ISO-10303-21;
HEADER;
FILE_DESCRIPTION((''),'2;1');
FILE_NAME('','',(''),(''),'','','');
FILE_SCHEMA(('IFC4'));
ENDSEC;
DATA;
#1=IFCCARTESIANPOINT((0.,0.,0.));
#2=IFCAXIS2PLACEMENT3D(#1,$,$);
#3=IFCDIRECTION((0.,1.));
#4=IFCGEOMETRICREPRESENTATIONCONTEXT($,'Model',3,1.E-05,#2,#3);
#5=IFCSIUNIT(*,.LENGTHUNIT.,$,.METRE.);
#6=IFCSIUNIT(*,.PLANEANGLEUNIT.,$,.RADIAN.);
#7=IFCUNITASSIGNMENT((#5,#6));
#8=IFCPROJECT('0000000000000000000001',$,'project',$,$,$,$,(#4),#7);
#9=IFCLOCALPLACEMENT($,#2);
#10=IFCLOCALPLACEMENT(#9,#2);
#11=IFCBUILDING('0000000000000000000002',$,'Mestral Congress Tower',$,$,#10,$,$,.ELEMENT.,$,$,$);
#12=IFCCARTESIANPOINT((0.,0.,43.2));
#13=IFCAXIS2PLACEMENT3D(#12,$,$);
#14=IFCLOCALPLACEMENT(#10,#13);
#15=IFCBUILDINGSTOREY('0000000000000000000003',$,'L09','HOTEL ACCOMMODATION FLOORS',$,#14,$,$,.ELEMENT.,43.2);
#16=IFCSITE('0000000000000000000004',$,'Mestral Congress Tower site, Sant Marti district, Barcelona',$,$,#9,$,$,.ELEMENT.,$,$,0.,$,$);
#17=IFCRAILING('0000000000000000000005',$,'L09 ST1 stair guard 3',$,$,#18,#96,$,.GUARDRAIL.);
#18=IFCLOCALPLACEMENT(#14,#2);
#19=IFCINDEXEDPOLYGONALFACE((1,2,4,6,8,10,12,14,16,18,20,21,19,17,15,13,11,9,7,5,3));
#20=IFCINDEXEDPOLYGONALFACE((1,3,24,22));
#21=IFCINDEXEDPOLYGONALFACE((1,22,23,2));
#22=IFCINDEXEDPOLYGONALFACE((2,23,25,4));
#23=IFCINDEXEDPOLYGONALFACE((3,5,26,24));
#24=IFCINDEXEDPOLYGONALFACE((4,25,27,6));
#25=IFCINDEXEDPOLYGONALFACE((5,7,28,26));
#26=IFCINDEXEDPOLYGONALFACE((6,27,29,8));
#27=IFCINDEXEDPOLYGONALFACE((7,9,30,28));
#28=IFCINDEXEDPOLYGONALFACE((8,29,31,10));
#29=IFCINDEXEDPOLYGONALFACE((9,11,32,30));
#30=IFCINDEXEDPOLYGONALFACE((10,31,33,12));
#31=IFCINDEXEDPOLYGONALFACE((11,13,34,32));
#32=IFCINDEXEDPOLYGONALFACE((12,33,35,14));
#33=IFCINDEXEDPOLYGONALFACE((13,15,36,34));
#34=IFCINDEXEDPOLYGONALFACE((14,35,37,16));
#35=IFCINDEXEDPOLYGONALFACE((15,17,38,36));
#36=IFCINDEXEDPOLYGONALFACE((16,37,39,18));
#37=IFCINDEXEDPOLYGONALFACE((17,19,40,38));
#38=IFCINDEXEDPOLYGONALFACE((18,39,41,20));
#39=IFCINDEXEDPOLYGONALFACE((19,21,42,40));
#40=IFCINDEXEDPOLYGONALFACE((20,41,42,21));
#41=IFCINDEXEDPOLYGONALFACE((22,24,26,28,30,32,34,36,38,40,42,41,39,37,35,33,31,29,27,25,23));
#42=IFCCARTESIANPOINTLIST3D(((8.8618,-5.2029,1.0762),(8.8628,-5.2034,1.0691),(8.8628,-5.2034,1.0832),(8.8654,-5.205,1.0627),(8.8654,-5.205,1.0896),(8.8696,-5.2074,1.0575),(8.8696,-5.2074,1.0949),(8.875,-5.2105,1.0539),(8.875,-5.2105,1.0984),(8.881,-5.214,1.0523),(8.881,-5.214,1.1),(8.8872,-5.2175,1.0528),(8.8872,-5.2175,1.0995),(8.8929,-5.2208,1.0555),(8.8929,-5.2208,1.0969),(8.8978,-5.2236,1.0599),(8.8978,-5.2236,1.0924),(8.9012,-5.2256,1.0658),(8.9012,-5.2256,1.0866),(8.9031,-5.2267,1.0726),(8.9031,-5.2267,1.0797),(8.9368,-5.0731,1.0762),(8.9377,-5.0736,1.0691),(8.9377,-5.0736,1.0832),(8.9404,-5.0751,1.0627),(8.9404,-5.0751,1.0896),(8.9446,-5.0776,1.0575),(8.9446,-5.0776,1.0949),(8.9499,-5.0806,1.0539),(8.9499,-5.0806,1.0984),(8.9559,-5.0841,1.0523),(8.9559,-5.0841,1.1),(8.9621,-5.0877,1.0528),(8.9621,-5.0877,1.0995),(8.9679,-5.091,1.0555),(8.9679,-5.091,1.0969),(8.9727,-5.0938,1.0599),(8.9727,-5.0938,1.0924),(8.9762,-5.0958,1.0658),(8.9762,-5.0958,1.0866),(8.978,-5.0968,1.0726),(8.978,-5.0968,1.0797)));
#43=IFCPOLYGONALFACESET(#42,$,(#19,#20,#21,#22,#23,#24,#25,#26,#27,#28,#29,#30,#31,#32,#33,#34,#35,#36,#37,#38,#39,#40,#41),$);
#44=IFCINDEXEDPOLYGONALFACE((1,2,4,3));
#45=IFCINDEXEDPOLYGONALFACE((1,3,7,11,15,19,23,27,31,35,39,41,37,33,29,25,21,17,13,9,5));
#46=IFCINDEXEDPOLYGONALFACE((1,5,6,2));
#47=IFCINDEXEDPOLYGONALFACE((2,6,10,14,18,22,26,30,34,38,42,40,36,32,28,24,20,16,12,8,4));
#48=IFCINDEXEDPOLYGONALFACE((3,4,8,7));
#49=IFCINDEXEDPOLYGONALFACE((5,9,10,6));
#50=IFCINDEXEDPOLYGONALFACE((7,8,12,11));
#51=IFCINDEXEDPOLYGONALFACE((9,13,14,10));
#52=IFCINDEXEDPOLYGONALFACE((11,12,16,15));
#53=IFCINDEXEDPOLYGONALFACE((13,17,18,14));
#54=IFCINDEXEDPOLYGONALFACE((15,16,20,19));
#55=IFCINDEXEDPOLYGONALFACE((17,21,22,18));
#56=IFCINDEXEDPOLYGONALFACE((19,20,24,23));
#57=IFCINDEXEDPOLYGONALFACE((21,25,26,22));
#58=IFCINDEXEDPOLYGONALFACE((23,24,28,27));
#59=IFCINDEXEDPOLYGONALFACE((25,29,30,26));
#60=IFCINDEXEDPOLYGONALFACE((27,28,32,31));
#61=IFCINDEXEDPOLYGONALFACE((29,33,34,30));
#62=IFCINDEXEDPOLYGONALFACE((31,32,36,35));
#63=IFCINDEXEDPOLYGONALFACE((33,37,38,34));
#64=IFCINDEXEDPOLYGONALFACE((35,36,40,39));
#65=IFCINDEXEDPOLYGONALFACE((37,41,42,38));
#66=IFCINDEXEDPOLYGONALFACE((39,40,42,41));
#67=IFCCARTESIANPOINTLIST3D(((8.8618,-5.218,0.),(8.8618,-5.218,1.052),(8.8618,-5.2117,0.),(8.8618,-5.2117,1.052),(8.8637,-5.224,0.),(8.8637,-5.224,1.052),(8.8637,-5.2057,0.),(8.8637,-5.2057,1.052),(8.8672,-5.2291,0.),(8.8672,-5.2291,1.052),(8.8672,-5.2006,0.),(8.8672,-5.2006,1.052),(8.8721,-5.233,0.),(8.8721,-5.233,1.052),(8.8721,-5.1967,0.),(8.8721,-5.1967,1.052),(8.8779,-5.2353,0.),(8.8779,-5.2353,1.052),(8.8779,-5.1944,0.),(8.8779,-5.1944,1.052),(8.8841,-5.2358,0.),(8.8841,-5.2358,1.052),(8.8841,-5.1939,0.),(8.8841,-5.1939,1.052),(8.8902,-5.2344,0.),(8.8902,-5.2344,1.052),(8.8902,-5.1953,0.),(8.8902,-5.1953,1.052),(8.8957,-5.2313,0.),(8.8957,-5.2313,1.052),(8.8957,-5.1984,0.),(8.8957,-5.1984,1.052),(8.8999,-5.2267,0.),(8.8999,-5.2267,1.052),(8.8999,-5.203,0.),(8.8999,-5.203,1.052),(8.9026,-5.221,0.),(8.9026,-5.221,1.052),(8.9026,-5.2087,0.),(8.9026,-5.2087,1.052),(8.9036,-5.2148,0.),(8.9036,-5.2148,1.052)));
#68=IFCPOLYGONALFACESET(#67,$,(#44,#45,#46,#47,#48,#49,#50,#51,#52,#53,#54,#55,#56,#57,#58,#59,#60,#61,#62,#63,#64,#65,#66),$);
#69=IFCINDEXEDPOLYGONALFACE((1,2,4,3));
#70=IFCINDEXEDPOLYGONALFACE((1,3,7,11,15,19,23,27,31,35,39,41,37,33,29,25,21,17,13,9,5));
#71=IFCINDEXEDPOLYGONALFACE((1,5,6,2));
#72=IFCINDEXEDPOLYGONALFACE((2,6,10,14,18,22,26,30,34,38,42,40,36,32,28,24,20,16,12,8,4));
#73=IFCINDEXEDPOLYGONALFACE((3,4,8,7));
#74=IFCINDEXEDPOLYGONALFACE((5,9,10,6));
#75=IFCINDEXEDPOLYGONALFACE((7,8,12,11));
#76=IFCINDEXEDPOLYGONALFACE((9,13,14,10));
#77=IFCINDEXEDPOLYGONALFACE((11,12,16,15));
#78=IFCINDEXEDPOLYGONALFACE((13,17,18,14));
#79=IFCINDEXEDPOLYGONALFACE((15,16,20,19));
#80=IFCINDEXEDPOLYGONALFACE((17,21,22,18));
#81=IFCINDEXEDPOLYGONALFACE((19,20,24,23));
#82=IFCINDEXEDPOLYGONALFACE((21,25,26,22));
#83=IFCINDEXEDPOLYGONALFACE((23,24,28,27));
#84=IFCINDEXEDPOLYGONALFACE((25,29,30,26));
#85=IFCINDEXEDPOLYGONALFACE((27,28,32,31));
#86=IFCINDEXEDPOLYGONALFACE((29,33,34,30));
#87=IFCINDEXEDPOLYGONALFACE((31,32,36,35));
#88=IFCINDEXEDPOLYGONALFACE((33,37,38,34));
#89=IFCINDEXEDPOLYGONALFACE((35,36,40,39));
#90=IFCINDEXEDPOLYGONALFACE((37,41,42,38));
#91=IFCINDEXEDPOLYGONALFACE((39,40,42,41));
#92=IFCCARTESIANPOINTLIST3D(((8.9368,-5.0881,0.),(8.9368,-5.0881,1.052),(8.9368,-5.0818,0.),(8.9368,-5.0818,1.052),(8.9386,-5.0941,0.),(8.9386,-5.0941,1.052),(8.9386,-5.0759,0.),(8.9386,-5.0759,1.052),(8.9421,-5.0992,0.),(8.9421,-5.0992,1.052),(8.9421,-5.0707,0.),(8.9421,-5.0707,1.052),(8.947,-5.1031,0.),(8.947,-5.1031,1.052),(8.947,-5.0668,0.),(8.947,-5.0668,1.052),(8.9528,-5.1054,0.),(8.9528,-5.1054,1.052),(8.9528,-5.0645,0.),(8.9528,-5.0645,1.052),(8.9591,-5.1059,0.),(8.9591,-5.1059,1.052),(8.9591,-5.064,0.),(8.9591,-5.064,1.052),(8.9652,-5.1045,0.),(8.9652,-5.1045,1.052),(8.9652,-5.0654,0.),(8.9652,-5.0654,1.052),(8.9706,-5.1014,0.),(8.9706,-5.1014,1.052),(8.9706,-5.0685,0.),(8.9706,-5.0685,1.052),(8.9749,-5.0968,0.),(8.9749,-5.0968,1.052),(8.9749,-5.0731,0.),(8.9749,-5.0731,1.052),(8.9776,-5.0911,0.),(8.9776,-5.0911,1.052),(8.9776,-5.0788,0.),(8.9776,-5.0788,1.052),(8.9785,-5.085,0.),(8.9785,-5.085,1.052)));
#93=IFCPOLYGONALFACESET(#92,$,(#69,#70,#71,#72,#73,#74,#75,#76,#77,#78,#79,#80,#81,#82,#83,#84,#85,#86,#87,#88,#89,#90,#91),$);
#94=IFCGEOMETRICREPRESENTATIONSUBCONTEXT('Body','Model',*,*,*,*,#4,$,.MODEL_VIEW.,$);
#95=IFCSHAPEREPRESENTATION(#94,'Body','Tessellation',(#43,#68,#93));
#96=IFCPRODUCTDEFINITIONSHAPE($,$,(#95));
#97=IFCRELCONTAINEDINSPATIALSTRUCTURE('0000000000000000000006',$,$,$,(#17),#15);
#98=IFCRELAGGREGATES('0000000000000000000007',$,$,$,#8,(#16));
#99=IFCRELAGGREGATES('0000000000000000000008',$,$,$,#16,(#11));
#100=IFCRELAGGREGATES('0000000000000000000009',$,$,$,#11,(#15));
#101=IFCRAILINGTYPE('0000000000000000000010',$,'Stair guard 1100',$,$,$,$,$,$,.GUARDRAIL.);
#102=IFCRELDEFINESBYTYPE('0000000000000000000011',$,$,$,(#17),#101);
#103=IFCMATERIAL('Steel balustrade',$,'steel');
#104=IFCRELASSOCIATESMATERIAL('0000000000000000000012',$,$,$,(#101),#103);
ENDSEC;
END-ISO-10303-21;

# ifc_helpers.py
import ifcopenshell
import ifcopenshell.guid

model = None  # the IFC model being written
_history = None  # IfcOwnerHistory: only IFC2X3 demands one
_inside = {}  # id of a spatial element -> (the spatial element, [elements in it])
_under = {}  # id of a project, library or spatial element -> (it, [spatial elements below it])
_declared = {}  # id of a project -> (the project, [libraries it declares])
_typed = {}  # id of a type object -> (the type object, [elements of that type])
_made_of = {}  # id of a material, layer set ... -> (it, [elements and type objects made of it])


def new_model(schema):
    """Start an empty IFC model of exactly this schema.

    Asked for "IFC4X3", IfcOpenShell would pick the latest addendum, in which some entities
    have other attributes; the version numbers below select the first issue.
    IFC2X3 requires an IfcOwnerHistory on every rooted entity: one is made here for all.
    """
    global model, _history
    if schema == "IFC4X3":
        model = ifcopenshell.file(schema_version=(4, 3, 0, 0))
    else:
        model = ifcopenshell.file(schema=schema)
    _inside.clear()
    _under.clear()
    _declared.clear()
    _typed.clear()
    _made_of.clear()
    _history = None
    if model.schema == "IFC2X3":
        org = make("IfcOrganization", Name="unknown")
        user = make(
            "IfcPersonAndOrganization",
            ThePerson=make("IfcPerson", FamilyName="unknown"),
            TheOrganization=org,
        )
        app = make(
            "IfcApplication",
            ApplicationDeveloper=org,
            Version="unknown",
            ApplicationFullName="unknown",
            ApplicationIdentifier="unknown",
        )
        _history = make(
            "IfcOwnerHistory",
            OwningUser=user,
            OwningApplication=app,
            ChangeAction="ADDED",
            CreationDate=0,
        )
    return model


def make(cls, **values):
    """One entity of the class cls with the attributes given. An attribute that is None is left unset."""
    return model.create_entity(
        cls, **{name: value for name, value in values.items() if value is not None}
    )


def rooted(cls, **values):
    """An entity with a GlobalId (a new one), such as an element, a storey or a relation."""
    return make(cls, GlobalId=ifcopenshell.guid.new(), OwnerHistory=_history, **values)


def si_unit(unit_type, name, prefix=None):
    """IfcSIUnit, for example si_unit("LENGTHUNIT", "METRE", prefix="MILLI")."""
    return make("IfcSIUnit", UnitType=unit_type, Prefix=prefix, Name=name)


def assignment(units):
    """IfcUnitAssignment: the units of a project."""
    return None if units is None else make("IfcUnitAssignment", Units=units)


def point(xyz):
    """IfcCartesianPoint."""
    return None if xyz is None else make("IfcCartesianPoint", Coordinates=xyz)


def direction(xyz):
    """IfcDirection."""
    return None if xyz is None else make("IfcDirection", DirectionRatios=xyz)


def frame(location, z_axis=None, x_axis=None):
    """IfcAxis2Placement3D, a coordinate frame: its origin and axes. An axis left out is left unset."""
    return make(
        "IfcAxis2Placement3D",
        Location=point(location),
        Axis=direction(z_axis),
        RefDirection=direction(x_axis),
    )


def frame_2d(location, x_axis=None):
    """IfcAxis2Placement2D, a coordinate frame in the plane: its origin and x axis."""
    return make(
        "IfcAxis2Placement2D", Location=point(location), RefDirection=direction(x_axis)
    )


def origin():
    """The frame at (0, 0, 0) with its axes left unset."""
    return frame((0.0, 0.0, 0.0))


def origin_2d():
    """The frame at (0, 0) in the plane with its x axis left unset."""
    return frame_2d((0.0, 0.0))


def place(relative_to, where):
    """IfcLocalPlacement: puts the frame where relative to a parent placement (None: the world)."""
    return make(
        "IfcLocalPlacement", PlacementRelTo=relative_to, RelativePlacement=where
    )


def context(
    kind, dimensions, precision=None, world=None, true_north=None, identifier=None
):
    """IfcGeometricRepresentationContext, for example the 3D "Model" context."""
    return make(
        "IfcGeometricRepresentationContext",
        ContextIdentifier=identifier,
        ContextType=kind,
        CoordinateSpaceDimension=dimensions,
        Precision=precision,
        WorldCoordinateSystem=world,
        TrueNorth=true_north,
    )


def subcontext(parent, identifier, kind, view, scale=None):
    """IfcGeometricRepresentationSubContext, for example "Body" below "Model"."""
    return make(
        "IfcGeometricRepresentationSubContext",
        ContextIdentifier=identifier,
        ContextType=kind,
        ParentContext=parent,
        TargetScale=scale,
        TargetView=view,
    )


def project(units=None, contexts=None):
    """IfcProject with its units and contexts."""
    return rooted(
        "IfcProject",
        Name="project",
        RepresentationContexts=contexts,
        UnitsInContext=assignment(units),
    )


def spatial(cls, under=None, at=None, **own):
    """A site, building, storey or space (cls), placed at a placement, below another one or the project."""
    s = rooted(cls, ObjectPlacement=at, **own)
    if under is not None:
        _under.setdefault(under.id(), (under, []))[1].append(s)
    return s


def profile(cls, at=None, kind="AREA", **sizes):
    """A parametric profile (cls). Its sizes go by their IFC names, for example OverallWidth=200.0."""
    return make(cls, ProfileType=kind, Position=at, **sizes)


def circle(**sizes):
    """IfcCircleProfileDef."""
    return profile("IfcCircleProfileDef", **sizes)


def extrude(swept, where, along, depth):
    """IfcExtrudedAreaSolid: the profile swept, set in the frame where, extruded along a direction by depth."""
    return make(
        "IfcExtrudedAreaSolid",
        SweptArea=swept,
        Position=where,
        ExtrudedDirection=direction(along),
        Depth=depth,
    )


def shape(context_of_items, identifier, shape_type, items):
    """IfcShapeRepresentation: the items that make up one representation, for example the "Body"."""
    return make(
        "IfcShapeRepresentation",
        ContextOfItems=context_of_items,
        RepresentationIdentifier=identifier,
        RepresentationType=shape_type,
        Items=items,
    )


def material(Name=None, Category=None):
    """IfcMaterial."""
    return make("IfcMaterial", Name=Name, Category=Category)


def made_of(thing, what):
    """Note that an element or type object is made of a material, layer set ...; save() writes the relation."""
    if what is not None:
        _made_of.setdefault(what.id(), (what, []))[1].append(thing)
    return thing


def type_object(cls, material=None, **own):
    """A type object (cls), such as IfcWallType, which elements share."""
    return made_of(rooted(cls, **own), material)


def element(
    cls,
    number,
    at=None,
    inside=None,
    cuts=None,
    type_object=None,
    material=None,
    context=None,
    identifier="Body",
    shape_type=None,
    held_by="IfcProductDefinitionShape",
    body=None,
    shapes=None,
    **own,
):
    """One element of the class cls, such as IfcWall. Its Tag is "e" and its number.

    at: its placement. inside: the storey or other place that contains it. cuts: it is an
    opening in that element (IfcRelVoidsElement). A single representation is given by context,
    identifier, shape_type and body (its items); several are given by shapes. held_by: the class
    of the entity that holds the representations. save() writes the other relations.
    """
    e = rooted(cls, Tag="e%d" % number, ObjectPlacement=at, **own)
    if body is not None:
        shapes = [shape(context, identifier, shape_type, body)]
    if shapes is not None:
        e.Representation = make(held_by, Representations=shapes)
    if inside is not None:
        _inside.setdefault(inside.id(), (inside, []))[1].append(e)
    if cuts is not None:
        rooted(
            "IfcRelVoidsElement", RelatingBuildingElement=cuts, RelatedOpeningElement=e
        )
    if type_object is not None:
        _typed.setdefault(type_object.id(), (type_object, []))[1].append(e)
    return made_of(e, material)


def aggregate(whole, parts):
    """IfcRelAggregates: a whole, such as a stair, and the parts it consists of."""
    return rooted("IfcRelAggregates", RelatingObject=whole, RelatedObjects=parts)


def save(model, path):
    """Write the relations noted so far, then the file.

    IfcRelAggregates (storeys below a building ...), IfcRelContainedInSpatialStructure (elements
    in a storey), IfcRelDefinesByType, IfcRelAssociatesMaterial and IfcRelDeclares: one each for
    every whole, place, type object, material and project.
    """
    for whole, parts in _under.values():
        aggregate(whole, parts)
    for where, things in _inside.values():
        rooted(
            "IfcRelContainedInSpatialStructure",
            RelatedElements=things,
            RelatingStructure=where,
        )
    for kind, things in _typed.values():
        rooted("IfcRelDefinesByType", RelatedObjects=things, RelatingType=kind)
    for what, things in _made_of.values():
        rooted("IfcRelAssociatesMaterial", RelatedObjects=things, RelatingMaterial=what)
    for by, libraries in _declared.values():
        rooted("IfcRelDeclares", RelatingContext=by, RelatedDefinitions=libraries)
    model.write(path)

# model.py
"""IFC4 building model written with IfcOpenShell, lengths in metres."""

from ifc_helpers import new_model, si_unit, direction, frame, origin, origin_2d, place, context, subcontext, project, spatial, circle, extrude, material, type_object, element, save


model = new_model("IFC4")

# Units and contexts
model_context = context("Model", 3, precision=1e-05, world=origin(), true_north=direction((0.0, 1.0)))
body_context = subcontext(model_context, "Body", "Model", "MODEL_VIEW")
ifc_project = project(units=[si_unit("LENGTHUNIT", "METRE"), si_unit("PLANEANGLEUNIT", "RADIAN")], contexts=[model_context])

# Site, building, storey
site_placement = place(None, origin())
site = spatial("IfcSite", under=ifc_project, at=site_placement, Name="Mestral Congress Tower site, Sant Marti district, Barcelona", CompositionType="ELEMENT", RefElevation=0.0)
building_placement = place(site_placement, origin())
building = spatial("IfcBuilding", under=site, at=building_placement, Name="Mestral Congress Tower", CompositionType="ELEMENT")
storey_placement = place(building_placement, frame((0.0, 0.0, 43.2)))
storey = spatial("IfcBuildingStorey", under=building, at=storey_placement, Name="L09", Description="HOTEL ACCOMMODATION FLOORS", CompositionType="ELEMENT", Elevation=43.2)

# Railing
ifc_material_1 = material(Name="Steel balustrade", Category="steel")
railing_type_1 = type_object("IfcRailingType", Name="Stair guard 1100", PredefinedType="GUARDRAIL", material=ifc_material_1)
railing_1_placement = place(storey_placement, frame((8.8826, -5.2148, 0.0)))
element("IfcRailing", 1, at=railing_1_placement, inside=storey, type_object=railing_type_1, Name="L09 ST1 stair guard 3", PredefinedType="GUARDRAIL", context=body_context, shape_type="SweptSolid", body=[
    extrude(circle(Radius=0.0239, at=origin_2d()), frame((0.0, 0.0, 1.0762), z_axis=(0.499816, 0.866131, 0.0), x_axis=(-0.866131, 0.499816, 0.0)), (0.0, 0.0, 1.0), 0.1499),
    extrude(circle(Radius=0.021, at=origin_2d()), origin(), (0.0, 0.0, 1.0), 1.052),
    extrude(circle(Radius=0.021, at=origin_2d()), frame((0.075, 0.1299, 0.0)), (0.0, 0.0, 1.0), 1.052),
])

save(model, "model.ifc")
